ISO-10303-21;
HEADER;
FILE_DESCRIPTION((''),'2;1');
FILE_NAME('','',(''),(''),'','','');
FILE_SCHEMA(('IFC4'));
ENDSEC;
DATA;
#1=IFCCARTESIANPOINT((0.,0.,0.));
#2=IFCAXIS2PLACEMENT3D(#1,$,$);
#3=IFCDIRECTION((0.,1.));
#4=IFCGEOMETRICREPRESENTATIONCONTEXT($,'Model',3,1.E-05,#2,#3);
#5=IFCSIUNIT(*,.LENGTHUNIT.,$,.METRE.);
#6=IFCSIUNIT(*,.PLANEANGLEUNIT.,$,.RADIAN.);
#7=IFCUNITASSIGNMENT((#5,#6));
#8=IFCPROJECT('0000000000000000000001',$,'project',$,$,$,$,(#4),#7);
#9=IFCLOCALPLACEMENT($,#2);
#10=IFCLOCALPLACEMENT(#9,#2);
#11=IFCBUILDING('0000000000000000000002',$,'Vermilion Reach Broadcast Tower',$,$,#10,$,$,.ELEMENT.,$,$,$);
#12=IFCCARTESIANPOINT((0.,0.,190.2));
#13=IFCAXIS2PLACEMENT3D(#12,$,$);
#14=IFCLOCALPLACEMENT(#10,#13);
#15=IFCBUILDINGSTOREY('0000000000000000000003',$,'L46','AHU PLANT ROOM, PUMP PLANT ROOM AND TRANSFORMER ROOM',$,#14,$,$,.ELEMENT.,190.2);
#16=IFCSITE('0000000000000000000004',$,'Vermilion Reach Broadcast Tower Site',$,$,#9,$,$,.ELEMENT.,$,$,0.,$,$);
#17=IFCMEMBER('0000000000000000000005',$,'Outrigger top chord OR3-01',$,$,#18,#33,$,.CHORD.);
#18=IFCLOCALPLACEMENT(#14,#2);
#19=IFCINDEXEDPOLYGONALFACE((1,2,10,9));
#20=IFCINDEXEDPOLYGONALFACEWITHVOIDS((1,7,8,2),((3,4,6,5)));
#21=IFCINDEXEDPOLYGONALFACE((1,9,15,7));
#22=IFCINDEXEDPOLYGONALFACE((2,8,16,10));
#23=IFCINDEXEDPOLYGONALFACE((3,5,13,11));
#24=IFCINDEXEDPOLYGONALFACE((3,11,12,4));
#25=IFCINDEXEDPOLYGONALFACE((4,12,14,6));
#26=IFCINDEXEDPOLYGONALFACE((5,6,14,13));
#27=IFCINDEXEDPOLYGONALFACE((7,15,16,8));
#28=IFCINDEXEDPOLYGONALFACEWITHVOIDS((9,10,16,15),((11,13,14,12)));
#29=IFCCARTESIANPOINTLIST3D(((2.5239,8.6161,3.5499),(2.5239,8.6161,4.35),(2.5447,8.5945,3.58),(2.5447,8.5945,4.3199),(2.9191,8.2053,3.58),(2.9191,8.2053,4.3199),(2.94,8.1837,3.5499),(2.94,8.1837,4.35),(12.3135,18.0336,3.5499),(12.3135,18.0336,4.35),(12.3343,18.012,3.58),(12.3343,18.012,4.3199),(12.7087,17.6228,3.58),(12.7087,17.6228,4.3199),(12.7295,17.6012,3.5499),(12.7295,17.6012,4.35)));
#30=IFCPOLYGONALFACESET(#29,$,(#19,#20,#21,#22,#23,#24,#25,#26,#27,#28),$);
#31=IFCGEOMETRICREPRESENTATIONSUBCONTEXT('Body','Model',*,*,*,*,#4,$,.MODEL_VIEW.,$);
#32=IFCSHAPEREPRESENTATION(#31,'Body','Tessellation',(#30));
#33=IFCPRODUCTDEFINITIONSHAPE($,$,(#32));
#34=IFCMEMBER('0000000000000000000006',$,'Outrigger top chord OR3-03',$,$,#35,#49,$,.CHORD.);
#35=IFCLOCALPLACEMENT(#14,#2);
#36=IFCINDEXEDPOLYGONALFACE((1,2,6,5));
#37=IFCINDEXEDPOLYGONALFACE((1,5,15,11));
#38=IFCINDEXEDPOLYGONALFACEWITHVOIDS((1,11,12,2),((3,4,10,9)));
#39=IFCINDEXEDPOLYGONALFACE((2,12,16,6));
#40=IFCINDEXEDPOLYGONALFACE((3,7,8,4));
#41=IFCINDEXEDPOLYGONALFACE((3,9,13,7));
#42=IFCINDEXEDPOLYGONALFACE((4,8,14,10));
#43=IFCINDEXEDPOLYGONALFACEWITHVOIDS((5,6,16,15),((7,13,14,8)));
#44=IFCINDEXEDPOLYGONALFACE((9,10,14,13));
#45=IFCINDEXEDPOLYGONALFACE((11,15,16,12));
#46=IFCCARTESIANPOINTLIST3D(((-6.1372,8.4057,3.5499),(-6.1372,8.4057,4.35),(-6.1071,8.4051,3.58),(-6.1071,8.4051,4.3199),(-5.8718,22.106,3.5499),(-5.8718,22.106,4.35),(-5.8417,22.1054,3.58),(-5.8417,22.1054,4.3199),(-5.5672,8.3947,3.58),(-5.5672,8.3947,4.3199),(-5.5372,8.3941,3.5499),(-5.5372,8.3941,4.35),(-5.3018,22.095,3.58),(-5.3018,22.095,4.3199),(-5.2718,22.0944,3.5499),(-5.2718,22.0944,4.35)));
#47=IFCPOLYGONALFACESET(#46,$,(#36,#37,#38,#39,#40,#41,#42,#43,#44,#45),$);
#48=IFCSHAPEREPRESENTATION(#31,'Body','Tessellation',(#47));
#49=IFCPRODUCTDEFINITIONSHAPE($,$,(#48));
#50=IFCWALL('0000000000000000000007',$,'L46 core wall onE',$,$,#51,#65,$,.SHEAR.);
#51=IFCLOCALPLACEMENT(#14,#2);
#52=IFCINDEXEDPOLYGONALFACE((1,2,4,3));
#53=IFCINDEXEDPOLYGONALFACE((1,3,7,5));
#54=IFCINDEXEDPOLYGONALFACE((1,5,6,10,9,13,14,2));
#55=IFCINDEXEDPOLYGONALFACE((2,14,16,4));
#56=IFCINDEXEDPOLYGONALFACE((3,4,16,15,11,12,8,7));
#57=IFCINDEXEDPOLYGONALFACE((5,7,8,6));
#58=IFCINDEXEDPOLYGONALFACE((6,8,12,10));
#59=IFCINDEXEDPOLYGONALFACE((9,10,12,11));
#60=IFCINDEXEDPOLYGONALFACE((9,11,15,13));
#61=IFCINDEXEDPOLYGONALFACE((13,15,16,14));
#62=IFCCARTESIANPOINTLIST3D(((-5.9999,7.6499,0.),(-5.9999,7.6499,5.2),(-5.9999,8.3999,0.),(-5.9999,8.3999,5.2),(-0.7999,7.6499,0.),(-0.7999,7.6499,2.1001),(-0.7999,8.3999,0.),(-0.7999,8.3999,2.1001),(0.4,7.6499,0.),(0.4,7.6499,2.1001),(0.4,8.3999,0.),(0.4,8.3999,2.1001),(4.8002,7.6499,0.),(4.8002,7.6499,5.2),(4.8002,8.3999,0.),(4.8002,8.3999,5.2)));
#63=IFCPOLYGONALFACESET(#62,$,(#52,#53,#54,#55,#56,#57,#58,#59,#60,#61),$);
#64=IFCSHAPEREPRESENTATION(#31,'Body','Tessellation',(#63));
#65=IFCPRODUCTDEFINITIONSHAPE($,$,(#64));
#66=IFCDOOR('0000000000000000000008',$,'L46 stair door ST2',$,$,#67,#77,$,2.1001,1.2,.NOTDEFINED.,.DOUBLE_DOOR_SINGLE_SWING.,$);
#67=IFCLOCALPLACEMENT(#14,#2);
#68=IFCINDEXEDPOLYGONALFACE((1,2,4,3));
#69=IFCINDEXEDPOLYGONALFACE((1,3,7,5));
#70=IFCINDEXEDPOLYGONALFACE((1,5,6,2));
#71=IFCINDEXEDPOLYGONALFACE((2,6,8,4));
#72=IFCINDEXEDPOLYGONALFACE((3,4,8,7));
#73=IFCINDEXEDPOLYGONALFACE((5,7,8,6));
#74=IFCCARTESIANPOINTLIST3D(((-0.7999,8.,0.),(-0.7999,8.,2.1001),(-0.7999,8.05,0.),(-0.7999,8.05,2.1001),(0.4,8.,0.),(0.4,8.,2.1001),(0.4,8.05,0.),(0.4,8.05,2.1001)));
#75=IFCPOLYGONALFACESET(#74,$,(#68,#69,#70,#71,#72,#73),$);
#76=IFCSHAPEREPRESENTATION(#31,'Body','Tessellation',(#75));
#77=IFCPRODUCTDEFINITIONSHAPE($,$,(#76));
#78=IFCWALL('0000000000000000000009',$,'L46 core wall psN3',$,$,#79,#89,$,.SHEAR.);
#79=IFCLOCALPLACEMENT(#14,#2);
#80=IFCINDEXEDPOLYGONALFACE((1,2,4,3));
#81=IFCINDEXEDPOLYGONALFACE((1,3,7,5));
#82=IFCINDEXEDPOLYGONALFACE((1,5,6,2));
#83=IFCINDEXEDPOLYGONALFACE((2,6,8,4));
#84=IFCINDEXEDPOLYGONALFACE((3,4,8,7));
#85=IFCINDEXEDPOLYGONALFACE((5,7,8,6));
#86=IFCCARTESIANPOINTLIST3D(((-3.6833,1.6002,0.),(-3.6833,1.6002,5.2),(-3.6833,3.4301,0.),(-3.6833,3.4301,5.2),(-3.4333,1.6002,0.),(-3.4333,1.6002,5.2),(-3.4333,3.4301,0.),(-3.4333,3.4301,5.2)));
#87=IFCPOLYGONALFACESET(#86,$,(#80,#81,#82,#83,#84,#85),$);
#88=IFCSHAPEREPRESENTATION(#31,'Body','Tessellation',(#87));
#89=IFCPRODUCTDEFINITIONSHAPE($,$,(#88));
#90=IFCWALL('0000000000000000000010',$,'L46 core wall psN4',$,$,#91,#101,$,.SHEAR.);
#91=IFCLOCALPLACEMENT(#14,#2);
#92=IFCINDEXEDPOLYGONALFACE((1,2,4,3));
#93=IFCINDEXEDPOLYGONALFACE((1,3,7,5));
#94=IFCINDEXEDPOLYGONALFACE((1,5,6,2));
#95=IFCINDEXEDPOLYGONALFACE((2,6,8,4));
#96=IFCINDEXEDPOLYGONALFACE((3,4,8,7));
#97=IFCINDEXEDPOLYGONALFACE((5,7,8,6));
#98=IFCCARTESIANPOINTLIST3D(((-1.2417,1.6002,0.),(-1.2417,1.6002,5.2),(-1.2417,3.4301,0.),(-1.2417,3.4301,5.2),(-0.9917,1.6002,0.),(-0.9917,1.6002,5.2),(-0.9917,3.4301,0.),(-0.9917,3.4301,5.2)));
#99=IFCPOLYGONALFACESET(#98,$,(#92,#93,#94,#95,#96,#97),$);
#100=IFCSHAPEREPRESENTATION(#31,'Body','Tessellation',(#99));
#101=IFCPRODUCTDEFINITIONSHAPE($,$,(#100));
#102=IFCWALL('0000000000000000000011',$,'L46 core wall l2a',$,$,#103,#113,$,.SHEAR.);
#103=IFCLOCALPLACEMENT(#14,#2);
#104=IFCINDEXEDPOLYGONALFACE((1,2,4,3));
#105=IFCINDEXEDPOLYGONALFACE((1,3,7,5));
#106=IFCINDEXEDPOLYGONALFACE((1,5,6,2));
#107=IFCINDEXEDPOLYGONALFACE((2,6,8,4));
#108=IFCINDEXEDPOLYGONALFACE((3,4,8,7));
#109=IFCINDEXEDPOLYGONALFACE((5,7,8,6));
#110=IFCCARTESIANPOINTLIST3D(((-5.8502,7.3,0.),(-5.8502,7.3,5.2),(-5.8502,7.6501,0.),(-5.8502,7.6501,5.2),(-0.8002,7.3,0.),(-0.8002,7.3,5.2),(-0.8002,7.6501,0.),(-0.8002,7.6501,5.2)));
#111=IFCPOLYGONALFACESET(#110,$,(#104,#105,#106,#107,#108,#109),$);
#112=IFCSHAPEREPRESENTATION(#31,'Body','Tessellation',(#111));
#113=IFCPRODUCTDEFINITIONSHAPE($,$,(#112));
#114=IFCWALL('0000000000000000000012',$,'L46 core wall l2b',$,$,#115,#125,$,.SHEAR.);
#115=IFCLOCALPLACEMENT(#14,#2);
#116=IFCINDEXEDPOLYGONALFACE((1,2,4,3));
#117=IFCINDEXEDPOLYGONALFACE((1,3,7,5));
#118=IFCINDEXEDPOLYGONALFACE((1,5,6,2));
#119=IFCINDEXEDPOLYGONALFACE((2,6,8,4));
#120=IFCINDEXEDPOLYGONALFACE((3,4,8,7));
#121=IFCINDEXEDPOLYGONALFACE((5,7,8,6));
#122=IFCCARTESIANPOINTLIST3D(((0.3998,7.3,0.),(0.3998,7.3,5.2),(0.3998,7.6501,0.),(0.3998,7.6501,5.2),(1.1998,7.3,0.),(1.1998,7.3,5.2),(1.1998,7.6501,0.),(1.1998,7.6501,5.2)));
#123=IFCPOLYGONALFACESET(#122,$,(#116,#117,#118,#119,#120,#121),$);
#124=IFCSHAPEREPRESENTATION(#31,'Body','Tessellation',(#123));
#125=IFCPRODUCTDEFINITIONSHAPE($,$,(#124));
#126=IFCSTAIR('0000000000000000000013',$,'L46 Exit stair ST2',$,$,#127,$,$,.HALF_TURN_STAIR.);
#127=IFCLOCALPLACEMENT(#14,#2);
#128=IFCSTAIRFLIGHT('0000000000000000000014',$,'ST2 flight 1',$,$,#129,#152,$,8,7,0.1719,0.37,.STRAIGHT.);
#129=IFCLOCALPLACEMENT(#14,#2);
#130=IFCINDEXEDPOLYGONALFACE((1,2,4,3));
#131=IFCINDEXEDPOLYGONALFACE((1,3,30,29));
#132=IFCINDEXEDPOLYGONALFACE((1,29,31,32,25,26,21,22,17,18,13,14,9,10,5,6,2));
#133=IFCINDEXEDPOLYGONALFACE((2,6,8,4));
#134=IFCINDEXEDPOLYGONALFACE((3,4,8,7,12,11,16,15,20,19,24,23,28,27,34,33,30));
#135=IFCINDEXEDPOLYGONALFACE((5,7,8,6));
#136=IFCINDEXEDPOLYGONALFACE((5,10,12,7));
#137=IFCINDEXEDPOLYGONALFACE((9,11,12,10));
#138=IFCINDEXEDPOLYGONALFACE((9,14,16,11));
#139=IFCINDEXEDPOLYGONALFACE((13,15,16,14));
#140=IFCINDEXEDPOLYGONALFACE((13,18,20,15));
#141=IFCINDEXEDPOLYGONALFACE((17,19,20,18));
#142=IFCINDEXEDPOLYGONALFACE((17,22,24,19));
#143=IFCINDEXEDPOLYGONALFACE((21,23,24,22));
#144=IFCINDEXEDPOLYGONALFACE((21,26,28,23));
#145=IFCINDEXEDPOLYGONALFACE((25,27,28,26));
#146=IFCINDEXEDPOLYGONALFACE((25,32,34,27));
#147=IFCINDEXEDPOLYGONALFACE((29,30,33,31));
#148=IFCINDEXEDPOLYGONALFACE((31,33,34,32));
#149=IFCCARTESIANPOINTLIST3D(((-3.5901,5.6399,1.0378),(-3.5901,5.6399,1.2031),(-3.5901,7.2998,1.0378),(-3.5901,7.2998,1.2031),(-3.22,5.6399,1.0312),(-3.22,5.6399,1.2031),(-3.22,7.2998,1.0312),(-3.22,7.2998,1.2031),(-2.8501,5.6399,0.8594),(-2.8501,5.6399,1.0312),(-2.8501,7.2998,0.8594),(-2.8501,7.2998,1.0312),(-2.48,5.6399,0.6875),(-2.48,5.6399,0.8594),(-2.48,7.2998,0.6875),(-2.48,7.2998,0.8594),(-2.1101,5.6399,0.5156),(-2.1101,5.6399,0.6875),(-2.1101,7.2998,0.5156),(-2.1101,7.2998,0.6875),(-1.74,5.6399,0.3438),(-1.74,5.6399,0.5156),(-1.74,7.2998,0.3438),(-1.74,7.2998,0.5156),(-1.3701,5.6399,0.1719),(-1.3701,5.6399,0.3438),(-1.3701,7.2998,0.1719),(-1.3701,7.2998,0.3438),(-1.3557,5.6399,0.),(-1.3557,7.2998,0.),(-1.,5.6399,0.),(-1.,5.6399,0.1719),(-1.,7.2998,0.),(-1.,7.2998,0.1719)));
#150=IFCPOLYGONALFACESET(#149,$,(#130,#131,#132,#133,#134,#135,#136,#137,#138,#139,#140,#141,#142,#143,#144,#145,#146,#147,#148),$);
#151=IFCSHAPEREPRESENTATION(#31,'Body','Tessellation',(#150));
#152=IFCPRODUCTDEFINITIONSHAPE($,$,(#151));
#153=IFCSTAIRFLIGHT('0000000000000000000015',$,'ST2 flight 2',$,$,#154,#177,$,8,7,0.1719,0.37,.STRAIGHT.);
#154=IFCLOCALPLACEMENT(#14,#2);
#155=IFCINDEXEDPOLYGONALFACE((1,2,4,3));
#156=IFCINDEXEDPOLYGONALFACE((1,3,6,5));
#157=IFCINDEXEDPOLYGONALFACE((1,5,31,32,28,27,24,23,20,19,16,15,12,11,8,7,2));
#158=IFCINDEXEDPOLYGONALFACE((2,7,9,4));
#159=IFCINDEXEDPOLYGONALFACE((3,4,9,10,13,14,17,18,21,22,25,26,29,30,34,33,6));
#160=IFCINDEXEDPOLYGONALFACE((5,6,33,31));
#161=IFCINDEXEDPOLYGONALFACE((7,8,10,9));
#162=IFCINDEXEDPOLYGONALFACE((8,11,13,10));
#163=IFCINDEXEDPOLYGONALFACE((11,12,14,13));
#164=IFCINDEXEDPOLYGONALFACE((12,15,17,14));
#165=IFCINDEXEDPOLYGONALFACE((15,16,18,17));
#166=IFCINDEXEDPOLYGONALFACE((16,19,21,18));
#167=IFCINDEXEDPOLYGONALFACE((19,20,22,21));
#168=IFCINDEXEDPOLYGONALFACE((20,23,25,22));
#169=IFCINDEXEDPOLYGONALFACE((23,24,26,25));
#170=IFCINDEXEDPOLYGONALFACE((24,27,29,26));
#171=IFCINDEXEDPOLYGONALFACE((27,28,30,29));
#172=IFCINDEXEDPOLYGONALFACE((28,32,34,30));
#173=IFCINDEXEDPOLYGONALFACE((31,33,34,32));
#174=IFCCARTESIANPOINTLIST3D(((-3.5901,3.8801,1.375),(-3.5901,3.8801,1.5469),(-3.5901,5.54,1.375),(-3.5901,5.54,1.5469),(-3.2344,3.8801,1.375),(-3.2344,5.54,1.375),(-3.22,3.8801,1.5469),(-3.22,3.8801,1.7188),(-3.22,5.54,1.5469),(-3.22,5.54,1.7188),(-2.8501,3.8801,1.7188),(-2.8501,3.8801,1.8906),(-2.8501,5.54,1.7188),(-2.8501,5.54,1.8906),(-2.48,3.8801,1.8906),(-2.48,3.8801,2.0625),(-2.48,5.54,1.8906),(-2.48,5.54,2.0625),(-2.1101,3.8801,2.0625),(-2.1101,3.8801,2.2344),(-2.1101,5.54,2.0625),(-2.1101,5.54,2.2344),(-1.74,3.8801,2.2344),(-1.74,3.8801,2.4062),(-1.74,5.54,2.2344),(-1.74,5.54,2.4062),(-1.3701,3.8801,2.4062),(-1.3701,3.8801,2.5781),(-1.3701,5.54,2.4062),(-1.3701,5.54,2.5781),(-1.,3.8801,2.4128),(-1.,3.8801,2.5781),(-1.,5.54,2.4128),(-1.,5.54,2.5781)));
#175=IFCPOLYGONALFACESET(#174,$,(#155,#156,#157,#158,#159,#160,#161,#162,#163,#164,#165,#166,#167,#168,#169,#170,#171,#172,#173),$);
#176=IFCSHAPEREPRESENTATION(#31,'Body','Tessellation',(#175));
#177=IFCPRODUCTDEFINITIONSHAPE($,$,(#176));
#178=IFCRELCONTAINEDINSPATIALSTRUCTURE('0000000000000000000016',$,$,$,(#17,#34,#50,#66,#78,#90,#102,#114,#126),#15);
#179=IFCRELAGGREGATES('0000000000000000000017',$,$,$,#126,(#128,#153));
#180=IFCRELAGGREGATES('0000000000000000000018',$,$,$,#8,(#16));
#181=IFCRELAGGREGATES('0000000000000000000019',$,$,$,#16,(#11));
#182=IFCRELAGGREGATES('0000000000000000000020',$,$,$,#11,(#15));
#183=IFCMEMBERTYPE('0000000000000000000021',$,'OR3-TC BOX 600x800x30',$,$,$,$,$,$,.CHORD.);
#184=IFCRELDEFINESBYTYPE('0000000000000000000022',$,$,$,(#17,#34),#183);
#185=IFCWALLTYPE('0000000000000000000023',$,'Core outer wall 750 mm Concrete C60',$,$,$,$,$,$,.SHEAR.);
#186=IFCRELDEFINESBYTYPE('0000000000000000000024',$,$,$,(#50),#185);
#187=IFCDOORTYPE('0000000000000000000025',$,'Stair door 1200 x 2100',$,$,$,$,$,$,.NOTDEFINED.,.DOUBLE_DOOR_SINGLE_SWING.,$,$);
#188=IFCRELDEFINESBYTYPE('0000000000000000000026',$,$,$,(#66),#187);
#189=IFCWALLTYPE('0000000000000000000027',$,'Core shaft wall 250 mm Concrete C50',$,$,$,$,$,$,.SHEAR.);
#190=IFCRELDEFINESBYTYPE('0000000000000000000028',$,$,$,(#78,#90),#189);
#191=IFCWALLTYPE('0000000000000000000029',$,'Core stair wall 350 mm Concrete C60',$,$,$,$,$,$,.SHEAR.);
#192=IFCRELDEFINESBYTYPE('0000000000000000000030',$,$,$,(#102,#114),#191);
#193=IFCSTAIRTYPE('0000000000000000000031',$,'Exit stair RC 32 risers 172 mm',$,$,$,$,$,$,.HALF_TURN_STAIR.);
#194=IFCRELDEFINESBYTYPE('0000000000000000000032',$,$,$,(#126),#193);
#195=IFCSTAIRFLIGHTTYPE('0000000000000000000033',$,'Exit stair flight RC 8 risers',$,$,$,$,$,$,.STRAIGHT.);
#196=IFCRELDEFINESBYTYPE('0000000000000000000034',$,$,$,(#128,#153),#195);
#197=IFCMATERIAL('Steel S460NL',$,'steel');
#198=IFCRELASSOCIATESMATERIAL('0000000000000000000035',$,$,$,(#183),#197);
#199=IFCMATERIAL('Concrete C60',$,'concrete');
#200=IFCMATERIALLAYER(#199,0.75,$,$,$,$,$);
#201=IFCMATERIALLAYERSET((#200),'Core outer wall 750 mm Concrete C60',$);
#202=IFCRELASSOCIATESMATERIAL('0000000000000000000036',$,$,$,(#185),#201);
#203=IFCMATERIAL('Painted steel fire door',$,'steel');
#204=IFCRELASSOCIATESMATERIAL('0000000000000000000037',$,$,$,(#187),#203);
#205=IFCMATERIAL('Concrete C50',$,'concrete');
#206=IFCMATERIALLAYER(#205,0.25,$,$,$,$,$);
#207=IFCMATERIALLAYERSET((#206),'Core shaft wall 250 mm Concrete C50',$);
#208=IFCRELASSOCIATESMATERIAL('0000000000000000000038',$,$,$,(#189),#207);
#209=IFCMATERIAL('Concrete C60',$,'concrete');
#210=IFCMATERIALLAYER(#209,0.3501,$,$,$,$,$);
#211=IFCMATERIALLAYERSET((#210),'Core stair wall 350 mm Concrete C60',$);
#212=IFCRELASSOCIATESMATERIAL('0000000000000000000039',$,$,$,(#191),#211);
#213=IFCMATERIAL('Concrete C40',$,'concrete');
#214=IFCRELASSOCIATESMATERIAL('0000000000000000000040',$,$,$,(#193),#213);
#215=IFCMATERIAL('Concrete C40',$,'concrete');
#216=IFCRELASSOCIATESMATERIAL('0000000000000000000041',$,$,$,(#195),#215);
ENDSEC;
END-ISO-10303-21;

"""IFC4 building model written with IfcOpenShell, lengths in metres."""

from ifc_helpers import new_model, si_unit, direction, frame, frame_2d, origin, origin_2d, place, context, subcontext, project, spatial, polyline, rectangle, hollow_rectangle, outline, extrude, material, layer, layer_set, material_profile, profile_set, type_object, element, fill, aggregate, save


model = new_model("IFC4")

# Units and contexts
model_context = context("Model", 3, precision=1e-05, world=origin(), true_north=direction((0.0, 1.0)))
body_context = subcontext(model_context, "Body", "Model", "MODEL_VIEW")
ifc_project = project(units=[si_unit("LENGTHUNIT", "METRE"), si_unit("PLANEANGLEUNIT", "RADIAN")], contexts=[model_context])

# Site, building, storey
site_placement = place(None, origin())
site = spatial("IfcSite", under=ifc_project, at=site_placement, Name="Vermilion Reach Broadcast Tower Site", CompositionType="ELEMENT", RefElevation=0.0)
building_placement = place(site_placement, origin())
building = spatial("IfcBuilding", under=site, at=building_placement, Name="Vermilion Reach Broadcast Tower", CompositionType="ELEMENT")
storey_placement = place(building_placement, frame((0.0, 0.0, 190.2)))
storey = spatial("IfcBuildingStorey", under=building, at=storey_placement, Name="L46", Description="AHU PLANT ROOM, PUMP PLANT ROOM AND TRANSFORMER ROOM", CompositionType="ELEMENT", Elevation=190.2)

# Members
ifc_material_1 = material(Name="Steel S460NL", Category="steel")
ifc_material_profile_1 = material_profile(ifc_material_1, hollow_rectangle(XDim=0.6001, YDim=0.8, WallThickness=0.03, at=origin_2d()), Name="S460NL BOX 600x800x30")
ifc_profile_set_1 = profile_set([ifc_material_profile_1], Name="Steel S460NL")
member_type_1 = type_object("IfcMemberType", Name="OR3-TC BOX 600x800x30", PredefinedType="CHORD", material=ifc_profile_set_1)
member_1_placement = place(storey_placement, frame((2.7319, 8.3999, 3.95), z_axis=(0.720669, 0.693279, 0.0), x_axis=(-0.693279, 0.720669, 0.0)))
element("IfcMember", 1, at=member_1_placement, inside=storey, type_object=member_type_1, Name="Outrigger top chord OR3-01", PredefinedType="CHORD", context=body_context, shape_type="SweptSolid", body=[
    extrude(hollow_rectangle(XDim=0.6001, YDim=0.8, WallThickness=0.03, at=origin_2d()), origin(), (0.0, 0.0, 1.0), 13.584),
])
member_2_placement = place(storey_placement, frame((-5.8372, 8.3999, 3.95), z_axis=(0.019367, 0.999812, 0.0), x_axis=(-0.999812, 0.019367, 0.0)))
element("IfcMember", 2, at=member_2_placement, inside=storey, type_object=member_type_1, Name="Outrigger top chord OR3-03", PredefinedType="CHORD", context=body_context, shape_type="SweptSolid", body=[
    extrude(hollow_rectangle(XDim=0.6001, YDim=0.8, WallThickness=0.03, at=origin_2d()), origin(), (0.0, 0.0, 1.0), 13.7029),
])

# Wall, opening, door
ifc_material_2 = material(Name="Concrete C60", Category="concrete")
ifc_layer_1 = layer(ifc_material_2, 0.75)
ifc_layer_set_1 = layer_set([ifc_layer_1], Name="Core outer wall 750 mm Concrete C60")
wall_type_1 = type_object("IfcWallType", Name="Core outer wall 750 mm Concrete C60", PredefinedType="SHEAR", material=ifc_layer_set_1)
wall_1_placement = place(storey_placement, frame((4.8, 8.0249, 0.0), z_axis=(0.0, 0.0, 1.0), x_axis=(-1.0, 0.0, 0.0)))
wall_1 = element("IfcWall", 3, at=wall_1_placement, inside=storey, type_object=wall_type_1, Name="L46 core wall onE", PredefinedType="SHEAR", context=body_context, shape_type="SweptSolid", body=[
    extrude(rectangle(XDim=10.8, YDim=0.75, at=frame_2d((5.3999, 0.0))), origin(), (0.0, 0.0, 1.0), 5.2),
])
opening_placement = place(wall_1_placement, frame((4.3999, 0.0, 0.0)))
opening = element("IfcOpeningElement", 4, at=opening_placement, cuts=wall_1, PredefinedType="OPENING", context=body_context, shape_type="SweptSolid", body=[
    extrude(rectangle(XDim=1.2, YDim=2.1001, at=frame_2d((0.6001, 1.05))), frame((0.0, 0.385, 0.0), z_axis=(0.0, -1.0, 0.0), x_axis=(1.0, 0.0, 0.0)), (0.0, 0.0, 1.0), 0.77),
])
ifc_material_3 = material(Name="Painted steel fire door", Category="steel")
door_type = type_object("IfcDoorType", Name="Stair door 1200 x 2100", OperationType="DOUBLE_DOOR_SINGLE_SWING", PredefinedType="NOTDEFINED", material=ifc_material_3)
door_placement = place(opening_placement, origin())
door = element("IfcDoor", 5, at=door_placement, inside=storey, type_object=door_type, Name="L46 stair door ST2", OperationType="DOUBLE_DOOR_SINGLE_SWING", OverallHeight=2.1001, OverallWidth=1.2, PredefinedType="NOTDEFINED", context=body_context, shape_type="SweptSolid", body=[
    extrude(rectangle(XDim=1.2, YDim=2.1001, at=frame_2d((0.6001, 1.05))), frame((0.0, 0.0249, 0.0), z_axis=(0.0, -1.0, 0.0), x_axis=(1.0, 0.0, 0.0)), (0.0, 0.0, 1.0), 0.05),
])
fill(opening, door)

# Walls
ifc_material_4 = material(Name="Concrete C50", Category="concrete")
ifc_layer_2 = layer(ifc_material_4, 0.25)
ifc_layer_set_2 = layer_set([ifc_layer_2], Name="Core shaft wall 250 mm Concrete C50")
wall_type_2 = type_object("IfcWallType", Name="Core shaft wall 250 mm Concrete C50", PredefinedType="SHEAR", material=ifc_layer_set_2)
for number, where, z_axis, x_axis, name in (
    (6, (-3.5583, 1.6001, 0.0), (0.0, 0.0, 1.0), (0.0, 1.0, 0.0), "L46 core wall psN3"),
    (7, (-1.1167, 1.6001, 0.0), (0.0, 0.0, 1.0), (0.0, 1.0, 0.0), "L46 core wall psN4"),
):
    element("IfcWall", number, at=place(storey_placement, frame(where, z_axis=z_axis, x_axis=x_axis)), inside=storey, type_object=wall_type_2, Name=name, PredefinedType="SHEAR", context=body_context, shape_type="SweptSolid", body=[
        extrude(rectangle(XDim=1.8298, YDim=0.25, at=frame_2d((0.915, 0.0))), origin(), (0.0, 0.0, 1.0), 5.2),
    ])
ifc_material_5 = material(Name="Concrete C60", Category="concrete")
ifc_layer_3 = layer(ifc_material_5, 0.3501)
ifc_layer_set_3 = layer_set([ifc_layer_3], Name="Core stair wall 350 mm Concrete C60")
wall_type_3 = type_object("IfcWallType", Name="Core stair wall 350 mm Concrete C60", PredefinedType="SHEAR", material=ifc_layer_set_3)
wall_2_placement = place(storey_placement, frame((-5.8501, 7.4751, 0.0), z_axis=(0.0, 0.0, 1.0), x_axis=(1.0, 0.0, 0.0)))
element("IfcWall", 8, at=wall_2_placement, inside=storey, type_object=wall_type_3, Name="L46 core wall l2a", PredefinedType="SHEAR", context=body_context, shape_type="SweptSolid", body=[
    extrude(rectangle(XDim=5.05, YDim=0.3501, at=frame_2d((2.5249, 0.0))), origin(), (0.0, 0.0, 1.0), 5.2),
])
wall_3_placement = place(storey_placement, frame((0.3999, 7.4751, 0.0), z_axis=(0.0, 0.0, 1.0), x_axis=(1.0, 0.0, 0.0)))
element("IfcWall", 9, at=wall_3_placement, inside=storey, type_object=wall_type_3, Name="L46 core wall l2b", PredefinedType="SHEAR", context=body_context, shape_type="SweptSolid", body=[
    extrude(rectangle(XDim=0.8, YDim=0.3501, at=frame_2d((0.3999, 0.0))), origin(), (0.0, 0.0, 1.0), 5.2),
])

# Stair, stair flights
ifc_material_6 = material(Name="Concrete C40", Category="concrete")
stair_type = type_object("IfcStairType", Name="Exit stair RC 32 risers 172 mm", PredefinedType="HALF_TURN_STAIR", material=ifc_material_6)
stair_placement = place(storey_placement, origin())
stair = element("IfcStair", 10, at=stair_placement, inside=storey, type_object=stair_type, Name="L46 Exit stair ST2", PredefinedType="HALF_TURN_STAIR")
ifc_material_7 = material(Name="Concrete C40", Category="concrete")
stair_flight_type = type_object("IfcStairFlightType", Name="Exit stair flight RC 8 risers", PredefinedType="STRAIGHT", material=ifc_material_7)
stair_flight_1_placement = place(storey_placement, frame((-1.0, 6.47, 0.0), z_axis=(0.0, 0.0, 1.0), x_axis=(-1.0, 0.0, 0.0)))
stair_flight_1 = element("IfcStairFlight", 11, at=stair_flight_1_placement, type_object=stair_flight_type, Name="ST2 flight 1", NumberOfRisers=8, NumberOfTreads=7, PredefinedType="STRAIGHT", RiserHeight=0.1719, TreadLength=0.37, context=body_context, shape_type="SweptSolid", body=[
    extrude(outline(polyline([(0.0, 0.0), (0.0, 0.1719), (0.3701, 0.1719), (0.3701, 0.3438), (0.74, 0.3438), (0.74, 0.5156), (1.1101, 0.5156), (1.1101, 0.6875), (1.48, 0.6875), (1.48, 0.8594), (1.8501, 0.8594), (1.8501, 1.0312), (2.22, 1.0312), (2.22, 1.2031), (2.5901, 1.2031), (2.5901, 1.375), (2.5901, 1.0378), (0.3557, 0.0), (0.0, 0.0)])), frame((0.0, 0.8301, 0.0), z_axis=(0.0, -1.0, 0.0), x_axis=(1.0, 0.0, 0.0)), (0.0, 0.0, 1.0), 1.6599),
])
stair_flight_2_placement = place(storey_placement, frame((-3.5901, 4.71, 1.375), z_axis=(0.0, 0.0, 1.0), x_axis=(1.0, 0.0, 0.0)))
stair_flight_2 = element("IfcStairFlight", 12, at=stair_flight_2_placement, type_object=stair_flight_type, Name="ST2 flight 2", NumberOfRisers=8, NumberOfTreads=7, PredefinedType="STRAIGHT", RiserHeight=0.1719, TreadLength=0.37, context=body_context, shape_type="SweptSolid", body=[
    extrude(outline(polyline([(0.0, 0.0), (0.0, 0.1719), (0.3701, 0.1719), (0.3701, 0.3438), (0.74, 0.3438), (0.74, 0.5156), (1.1101, 0.5156), (1.1101, 0.6875), (1.48, 0.6875), (1.48, 0.8594), (1.8501, 0.8594), (1.8501, 1.0312), (2.22, 1.0312), (2.22, 1.2031), (2.5901, 1.2031), (2.5901, 1.375), (2.5901, 1.0378), (0.3557, 0.0), (0.0, 0.0)])), frame((0.0, 0.8301, 0.0), z_axis=(0.0, -1.0, 0.0), x_axis=(1.0, 0.0, 0.0)), (0.0, 0.0, 1.0), 1.6599),
])
aggregate(stair, [stair_flight_1, stair_flight_2])

save(model, "model.ifc")
